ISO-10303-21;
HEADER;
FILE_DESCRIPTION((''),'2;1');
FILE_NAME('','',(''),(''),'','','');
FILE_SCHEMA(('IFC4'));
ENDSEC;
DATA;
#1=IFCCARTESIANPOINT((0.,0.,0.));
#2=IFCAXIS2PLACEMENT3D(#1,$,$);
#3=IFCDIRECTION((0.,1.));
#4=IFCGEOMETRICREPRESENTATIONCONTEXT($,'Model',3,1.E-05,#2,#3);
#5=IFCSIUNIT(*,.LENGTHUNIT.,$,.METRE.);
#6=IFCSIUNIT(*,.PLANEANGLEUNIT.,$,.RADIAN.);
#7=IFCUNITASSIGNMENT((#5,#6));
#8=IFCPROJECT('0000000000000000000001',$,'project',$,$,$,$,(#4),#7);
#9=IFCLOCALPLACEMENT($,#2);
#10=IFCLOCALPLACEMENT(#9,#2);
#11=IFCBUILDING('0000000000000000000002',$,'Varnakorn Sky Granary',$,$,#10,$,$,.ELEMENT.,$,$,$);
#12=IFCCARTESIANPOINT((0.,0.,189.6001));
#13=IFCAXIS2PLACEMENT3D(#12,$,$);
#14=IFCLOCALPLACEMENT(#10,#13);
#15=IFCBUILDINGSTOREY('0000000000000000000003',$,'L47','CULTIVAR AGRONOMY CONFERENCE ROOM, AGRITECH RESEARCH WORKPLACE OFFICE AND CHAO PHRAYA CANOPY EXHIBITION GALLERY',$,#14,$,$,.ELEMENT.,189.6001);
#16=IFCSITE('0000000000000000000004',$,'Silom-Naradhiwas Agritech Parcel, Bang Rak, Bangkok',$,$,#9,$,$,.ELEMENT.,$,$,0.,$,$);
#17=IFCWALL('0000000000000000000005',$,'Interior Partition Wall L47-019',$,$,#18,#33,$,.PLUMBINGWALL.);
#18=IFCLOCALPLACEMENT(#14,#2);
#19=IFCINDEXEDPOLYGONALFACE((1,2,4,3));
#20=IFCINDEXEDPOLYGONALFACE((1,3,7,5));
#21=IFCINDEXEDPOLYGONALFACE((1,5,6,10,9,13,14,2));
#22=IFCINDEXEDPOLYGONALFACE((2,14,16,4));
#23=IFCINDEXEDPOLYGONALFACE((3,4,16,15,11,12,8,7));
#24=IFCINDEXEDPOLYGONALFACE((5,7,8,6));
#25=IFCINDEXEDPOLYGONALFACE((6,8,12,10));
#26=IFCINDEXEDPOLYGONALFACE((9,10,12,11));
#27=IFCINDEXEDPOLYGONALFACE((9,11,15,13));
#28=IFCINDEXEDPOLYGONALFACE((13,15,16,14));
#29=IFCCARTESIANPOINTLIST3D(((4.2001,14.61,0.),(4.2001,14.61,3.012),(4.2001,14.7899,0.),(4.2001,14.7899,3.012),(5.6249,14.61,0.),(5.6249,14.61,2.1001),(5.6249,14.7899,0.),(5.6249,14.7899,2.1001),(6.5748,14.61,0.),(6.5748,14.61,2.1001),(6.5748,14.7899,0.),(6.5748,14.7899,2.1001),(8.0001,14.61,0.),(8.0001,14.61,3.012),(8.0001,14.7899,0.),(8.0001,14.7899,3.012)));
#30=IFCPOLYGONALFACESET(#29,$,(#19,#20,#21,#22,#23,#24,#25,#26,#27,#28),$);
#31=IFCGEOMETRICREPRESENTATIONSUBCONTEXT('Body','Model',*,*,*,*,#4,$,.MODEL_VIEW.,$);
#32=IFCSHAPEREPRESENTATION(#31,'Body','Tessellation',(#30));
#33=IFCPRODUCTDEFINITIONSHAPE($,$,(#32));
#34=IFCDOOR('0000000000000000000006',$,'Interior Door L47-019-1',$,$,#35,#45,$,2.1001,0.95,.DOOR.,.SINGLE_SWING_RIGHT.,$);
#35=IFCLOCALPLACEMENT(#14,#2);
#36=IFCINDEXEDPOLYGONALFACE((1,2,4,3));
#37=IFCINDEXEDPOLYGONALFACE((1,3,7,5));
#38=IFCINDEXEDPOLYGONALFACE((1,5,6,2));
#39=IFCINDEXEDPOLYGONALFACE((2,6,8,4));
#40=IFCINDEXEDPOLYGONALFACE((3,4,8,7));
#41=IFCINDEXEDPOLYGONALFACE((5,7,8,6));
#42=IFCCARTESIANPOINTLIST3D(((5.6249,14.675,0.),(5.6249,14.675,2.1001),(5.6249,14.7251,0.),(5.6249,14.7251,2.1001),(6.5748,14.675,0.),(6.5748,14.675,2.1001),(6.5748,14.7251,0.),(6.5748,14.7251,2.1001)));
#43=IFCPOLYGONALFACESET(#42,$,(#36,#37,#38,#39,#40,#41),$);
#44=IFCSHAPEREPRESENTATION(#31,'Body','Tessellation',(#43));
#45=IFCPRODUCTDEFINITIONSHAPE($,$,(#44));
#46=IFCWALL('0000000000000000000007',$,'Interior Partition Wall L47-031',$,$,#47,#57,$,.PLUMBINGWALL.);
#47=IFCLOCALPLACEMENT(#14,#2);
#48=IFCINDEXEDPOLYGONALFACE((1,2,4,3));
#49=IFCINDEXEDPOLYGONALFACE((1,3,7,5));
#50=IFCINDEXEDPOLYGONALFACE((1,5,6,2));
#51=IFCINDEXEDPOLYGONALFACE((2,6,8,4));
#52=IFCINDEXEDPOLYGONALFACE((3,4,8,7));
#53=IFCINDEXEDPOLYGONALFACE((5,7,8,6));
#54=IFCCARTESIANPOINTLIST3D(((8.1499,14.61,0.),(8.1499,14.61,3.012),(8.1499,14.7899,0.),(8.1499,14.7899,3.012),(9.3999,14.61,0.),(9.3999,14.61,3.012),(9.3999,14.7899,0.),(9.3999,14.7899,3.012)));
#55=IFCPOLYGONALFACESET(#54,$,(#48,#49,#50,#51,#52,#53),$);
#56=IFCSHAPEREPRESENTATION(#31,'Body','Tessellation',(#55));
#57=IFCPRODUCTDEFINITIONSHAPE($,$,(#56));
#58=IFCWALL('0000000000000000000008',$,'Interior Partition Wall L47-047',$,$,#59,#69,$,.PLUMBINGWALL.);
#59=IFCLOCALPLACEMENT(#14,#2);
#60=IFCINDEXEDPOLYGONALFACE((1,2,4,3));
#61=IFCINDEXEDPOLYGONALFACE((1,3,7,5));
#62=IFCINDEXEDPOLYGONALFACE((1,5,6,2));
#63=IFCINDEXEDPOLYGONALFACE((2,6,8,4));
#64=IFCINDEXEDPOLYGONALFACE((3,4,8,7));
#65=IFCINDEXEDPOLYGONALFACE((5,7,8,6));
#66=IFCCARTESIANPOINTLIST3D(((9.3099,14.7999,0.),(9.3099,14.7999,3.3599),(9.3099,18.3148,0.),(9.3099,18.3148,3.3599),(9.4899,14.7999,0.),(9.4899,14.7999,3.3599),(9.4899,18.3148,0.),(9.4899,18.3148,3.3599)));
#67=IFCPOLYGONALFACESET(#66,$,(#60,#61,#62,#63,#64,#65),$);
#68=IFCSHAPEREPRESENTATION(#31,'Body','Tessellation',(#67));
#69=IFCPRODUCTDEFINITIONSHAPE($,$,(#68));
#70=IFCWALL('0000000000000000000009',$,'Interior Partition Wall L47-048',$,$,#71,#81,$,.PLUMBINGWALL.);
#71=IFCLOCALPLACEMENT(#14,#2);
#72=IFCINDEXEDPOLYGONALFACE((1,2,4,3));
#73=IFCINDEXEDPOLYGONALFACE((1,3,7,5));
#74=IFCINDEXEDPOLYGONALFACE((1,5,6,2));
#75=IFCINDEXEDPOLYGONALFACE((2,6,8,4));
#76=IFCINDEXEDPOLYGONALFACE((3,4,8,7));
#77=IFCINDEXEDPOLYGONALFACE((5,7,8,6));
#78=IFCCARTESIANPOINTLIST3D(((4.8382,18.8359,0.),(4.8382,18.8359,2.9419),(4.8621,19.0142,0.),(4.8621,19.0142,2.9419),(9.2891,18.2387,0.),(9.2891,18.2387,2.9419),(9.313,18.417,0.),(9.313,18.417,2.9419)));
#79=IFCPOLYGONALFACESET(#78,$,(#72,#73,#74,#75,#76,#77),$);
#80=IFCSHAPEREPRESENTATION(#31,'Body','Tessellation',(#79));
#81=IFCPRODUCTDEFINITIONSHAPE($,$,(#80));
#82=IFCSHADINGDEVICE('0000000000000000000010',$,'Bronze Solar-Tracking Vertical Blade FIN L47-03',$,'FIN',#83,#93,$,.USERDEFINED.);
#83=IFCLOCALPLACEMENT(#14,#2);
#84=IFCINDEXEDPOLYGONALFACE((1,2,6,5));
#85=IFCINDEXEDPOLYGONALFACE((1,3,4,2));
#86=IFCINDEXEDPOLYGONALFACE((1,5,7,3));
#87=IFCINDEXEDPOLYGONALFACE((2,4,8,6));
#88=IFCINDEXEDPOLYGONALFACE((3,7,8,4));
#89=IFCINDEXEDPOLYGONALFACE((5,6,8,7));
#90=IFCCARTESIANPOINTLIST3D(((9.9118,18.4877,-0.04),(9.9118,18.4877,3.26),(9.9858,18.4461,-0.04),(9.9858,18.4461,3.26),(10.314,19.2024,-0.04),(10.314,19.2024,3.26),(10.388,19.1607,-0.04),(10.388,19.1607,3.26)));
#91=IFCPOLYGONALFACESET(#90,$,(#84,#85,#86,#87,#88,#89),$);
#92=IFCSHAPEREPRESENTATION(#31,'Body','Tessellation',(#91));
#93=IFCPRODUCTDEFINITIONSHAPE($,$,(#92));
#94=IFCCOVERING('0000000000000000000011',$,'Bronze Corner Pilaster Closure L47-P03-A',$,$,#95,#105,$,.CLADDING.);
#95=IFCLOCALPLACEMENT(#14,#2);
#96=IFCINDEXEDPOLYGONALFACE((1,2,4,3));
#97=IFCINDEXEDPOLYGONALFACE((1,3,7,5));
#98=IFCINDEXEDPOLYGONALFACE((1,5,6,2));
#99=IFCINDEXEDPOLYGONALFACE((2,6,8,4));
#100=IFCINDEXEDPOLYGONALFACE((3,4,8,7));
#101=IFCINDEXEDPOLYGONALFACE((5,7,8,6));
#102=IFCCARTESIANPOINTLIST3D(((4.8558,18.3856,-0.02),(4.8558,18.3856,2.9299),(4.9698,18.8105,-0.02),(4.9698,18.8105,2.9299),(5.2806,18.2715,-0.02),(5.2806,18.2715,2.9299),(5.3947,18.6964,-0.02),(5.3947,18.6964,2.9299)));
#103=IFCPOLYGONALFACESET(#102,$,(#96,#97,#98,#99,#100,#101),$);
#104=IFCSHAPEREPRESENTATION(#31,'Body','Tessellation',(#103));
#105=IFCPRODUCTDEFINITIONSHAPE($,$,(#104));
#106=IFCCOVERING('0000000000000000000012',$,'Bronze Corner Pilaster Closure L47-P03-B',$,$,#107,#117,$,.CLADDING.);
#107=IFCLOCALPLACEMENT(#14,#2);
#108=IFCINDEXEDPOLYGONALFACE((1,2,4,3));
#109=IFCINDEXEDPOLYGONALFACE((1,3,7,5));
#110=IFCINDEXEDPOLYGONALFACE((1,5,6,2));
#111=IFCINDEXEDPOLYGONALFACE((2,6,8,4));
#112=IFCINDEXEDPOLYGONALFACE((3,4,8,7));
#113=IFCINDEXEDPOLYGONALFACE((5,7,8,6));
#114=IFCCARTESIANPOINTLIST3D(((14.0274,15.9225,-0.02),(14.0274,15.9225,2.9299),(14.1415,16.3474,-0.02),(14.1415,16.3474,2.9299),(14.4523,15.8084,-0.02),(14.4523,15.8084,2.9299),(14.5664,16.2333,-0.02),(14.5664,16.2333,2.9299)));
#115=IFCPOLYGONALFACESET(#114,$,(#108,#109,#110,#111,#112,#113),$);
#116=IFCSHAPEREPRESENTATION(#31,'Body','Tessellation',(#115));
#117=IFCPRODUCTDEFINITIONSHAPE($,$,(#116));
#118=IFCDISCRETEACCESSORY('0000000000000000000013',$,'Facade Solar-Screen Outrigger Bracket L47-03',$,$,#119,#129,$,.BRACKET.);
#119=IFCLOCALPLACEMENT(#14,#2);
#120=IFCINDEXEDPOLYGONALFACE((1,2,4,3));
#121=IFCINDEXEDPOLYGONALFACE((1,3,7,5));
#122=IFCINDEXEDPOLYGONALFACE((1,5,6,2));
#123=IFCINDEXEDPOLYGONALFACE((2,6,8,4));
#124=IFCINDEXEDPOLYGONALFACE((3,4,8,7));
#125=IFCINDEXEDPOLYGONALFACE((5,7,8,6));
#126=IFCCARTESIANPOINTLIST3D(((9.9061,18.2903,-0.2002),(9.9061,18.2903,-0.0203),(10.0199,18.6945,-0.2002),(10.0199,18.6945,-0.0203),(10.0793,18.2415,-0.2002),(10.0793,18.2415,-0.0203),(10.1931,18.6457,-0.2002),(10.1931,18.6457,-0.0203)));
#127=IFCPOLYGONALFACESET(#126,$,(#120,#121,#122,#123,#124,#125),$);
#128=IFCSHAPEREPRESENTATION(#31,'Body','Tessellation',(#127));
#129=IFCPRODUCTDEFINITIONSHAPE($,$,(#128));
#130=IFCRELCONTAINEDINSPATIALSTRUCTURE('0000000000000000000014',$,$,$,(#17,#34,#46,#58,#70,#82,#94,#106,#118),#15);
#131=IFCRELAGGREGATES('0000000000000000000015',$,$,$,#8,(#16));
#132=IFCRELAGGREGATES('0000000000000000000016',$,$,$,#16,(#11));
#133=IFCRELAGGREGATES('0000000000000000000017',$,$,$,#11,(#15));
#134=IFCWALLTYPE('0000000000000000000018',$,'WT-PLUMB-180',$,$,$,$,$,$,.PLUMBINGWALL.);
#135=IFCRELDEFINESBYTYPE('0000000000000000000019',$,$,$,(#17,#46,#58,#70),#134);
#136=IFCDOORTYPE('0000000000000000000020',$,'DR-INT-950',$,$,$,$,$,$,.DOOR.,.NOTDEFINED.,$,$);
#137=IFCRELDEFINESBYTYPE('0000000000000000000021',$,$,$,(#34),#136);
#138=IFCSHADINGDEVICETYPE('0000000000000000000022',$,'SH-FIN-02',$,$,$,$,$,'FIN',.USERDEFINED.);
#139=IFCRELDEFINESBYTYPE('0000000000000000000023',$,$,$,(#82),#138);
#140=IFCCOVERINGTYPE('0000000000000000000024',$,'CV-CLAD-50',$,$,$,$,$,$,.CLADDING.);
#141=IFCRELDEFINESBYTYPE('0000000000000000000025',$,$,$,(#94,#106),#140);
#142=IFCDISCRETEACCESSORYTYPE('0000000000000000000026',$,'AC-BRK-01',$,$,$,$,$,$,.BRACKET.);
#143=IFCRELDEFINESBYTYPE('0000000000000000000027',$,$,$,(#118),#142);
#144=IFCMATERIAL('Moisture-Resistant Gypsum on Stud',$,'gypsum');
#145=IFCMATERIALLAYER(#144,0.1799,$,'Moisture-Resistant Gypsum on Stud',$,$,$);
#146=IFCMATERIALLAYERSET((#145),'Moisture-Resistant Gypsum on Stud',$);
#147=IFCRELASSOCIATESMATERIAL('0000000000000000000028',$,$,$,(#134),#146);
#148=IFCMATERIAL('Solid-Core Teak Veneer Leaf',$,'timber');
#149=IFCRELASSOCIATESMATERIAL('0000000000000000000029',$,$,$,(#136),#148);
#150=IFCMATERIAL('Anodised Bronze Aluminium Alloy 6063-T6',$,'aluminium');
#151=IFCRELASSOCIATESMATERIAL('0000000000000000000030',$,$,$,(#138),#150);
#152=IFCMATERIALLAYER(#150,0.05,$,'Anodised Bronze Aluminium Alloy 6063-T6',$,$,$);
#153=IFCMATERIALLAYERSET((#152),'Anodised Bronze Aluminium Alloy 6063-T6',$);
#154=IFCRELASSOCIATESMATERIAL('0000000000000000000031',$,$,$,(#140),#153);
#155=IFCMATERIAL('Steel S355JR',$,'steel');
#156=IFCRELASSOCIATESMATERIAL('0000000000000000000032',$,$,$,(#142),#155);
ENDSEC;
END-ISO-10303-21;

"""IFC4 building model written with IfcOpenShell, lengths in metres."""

from ifc_helpers import new_model, si_unit, direction, frame, frame_2d, origin, origin_2d, place, context, subcontext, project, spatial, rectangle, extrude, source, transform, mapped, material, layer, layer_set, type_object, type_shapes, element, fill, save


model = new_model("IFC4")

# Units and contexts
model_context = context("Model", 3, precision=1e-05, world=origin(), true_north=direction((0.0, 1.0)))
body_context = subcontext(model_context, "Body", "Model", "MODEL_VIEW")
ifc_project = project(units=[si_unit("LENGTHUNIT", "METRE"), si_unit("PLANEANGLEUNIT", "RADIAN")], contexts=[model_context])

# Site, building, storey
site_placement = place(None, origin())
site = spatial("IfcSite", under=ifc_project, at=site_placement, Name="Silom-Naradhiwas Agritech Parcel, Bang Rak, Bangkok", CompositionType="ELEMENT", RefElevation=0.0)
building_placement = place(site_placement, origin())
building = spatial("IfcBuilding", under=site, at=building_placement, Name="Varnakorn Sky Granary", CompositionType="ELEMENT")
storey_placement = place(building_placement, frame((0.0, 0.0, 189.6001)))
storey = spatial("IfcBuildingStorey", under=building, at=storey_placement, Name="L47", Description="CULTIVAR AGRONOMY CONFERENCE ROOM, AGRITECH RESEARCH WORKPLACE OFFICE AND CHAO PHRAYA CANOPY EXHIBITION GALLERY", CompositionType="ELEMENT", Elevation=189.6001)

# Shared definitions
ifc_material_1 = material(Name="Steel S355JR", Category="steel")

# Wall, opening, door
ifc_material_2 = material(Name="Moisture-Resistant Gypsum on Stud", Category="gypsum")
ifc_layer_1 = layer(ifc_material_2, 0.1799, Name="Moisture-Resistant Gypsum on Stud")
ifc_layer_set_1 = layer_set([ifc_layer_1], Name="Moisture-Resistant Gypsum on Stud")
wall_type_1 = type_object("IfcWallType", Name="WT-PLUMB-180", PredefinedType="PLUMBINGWALL", material=ifc_layer_set_1)
wall_1_placement = place(storey_placement, frame((8.0, 14.7, 0.0), z_axis=(0.0, 0.0, 1.0), x_axis=(-1.0, 0.0, 0.0)))
wall_1 = element("IfcWall", 1, at=wall_1_placement, inside=storey, type_object=wall_type_1, Name="Interior Partition Wall L47-019", PredefinedType="PLUMBINGWALL", context=body_context, shape_type="SweptSolid", body=[
    extrude(rectangle(XDim=3.8, YDim=0.1799, at=frame_2d((1.8999, 0.0))), origin(), (0.0, 0.0, 1.0), 3.012),
])
opening_placement = place(wall_1_placement, frame((1.425, 0.0, 0.0)))
opening = element("IfcOpeningElement", 2, at=opening_placement, cuts=wall_1, PredefinedType="OPENING", context=body_context, shape_type="SweptSolid", body=[
    extrude(rectangle(XDim=0.95, YDim=2.1001, at=frame_2d((0.4751, 1.05))), frame((0.0, 0.1001, 0.0), z_axis=(0.0, -1.0, 0.0), x_axis=(1.0, 0.0, 0.0)), (0.0, 0.0, 1.0), 0.2),
])
ifc_material_3 = material(Name="Solid-Core Teak Veneer Leaf", Category="timber")
door_type = type_object("IfcDoorType", Name="DR-INT-950", OperationType="NOTDEFINED", PredefinedType="DOOR", material=ifc_material_3)
door_placement = place(opening_placement, origin())
door = element("IfcDoor", 3, at=door_placement, inside=storey, type_object=door_type, Name="Interior Door L47-019-1", OperationType="SINGLE_SWING_RIGHT", OverallHeight=2.1001, OverallWidth=0.95, PredefinedType="DOOR", context=body_context, shape_type="SweptSolid", body=[
    extrude(rectangle(XDim=0.95, YDim=2.1001, at=frame_2d((0.4751, 1.05))), frame((0.0, 0.0249, 0.0), z_axis=(0.0, -1.0, 0.0), x_axis=(1.0, 0.0, 0.0)), (0.0, 0.0, 1.0), 0.05),
])
fill(opening, door)

# Walls
wall_2_placement = place(storey_placement, frame((9.3999, 14.7, 0.0), z_axis=(0.0, 0.0, 1.0), x_axis=(-1.0, 0.0, 0.0)))
element("IfcWall", 4, at=wall_2_placement, inside=storey, type_object=wall_type_1, Name="Interior Partition Wall L47-031", PredefinedType="PLUMBINGWALL", context=body_context, shape_type="SweptSolid", body=[
    extrude(rectangle(XDim=1.25, YDim=0.1799, at=frame_2d((0.625, 0.0))), origin(), (0.0, 0.0, 1.0), 3.012),
])
wall_3_placement = place(storey_placement, frame((9.3999, 14.8, 0.0), z_axis=(0.0, 0.0, 1.0), x_axis=(0.0, 1.0, 0.0)))
element("IfcWall", 5, at=wall_3_placement, inside=storey, type_object=wall_type_1, Name="Interior Partition Wall L47-047", PredefinedType="PLUMBINGWALL", context=body_context, shape_type="SweptSolid", body=[
    extrude(rectangle(XDim=3.5149, YDim=0.1799, at=frame_2d((1.7573, 0.0))), origin(), (0.0, 0.0, 1.0), 3.3599),
])
wall_4_placement = place(storey_placement, frame((9.301, 18.3279, 0.0), z_axis=(0.0, 0.0, 1.0), x_axis=(-0.991119, 0.132976, 0.0)))
element("IfcWall", 6, at=wall_4_placement, inside=storey, type_object=wall_type_1, Name="Interior Partition Wall L47-048", PredefinedType="PLUMBINGWALL", context=body_context, shape_type="SweptSolid", body=[
    extrude(rectangle(XDim=4.4907, YDim=0.1799, at=frame_2d((2.2454, 0.0))), origin(), (0.0, 0.0, 1.0), 2.9419),
])

# Shading device
ifc_material_4 = material(Name="Anodised Bronze Aluminium Alloy 6063-T6", Category="aluminium")
shading_device_type = type_object("IfcShadingDeviceType", Name="SH-FIN-02", ElementType="FIN", PredefinedType="USERDEFINED", material=ifc_material_4)
shared_shape_1 = source(origin(), body_context, "Body", "SweptSolid", [
    extrude(rectangle(XDim=0.085, YDim=0.8201, at=origin_2d()), origin(), (0.0, 0.0, 1.0), 3.3),
])
type_shapes(shading_device_type, [shared_shape_1])
shading_device_placement = place(storey_placement, frame((10.1499, 18.8242, -0.04), z_axis=(0.0, 0.0, 1.0), x_axis=(-0.871436, 0.490509, 0.0)))
element("IfcShadingDevice", 7, at=shading_device_placement, inside=storey, type_object=shading_device_type, Name="Bronze Solar-Tracking Vertical Blade FIN L47-03", ObjectType="FIN", PredefinedType="USERDEFINED", context=body_context, shape_type="MappedRepresentation", body=[
    mapped(shared_shape_1, transform((0.0, 0.0, 0.0), x_axis=(1.0, 0.0, 0.0), y_axis=(0.0, 1.0, 0.0), z_axis=(0.0, 0.0, 1.0), scale=1.0)),
])

# Coverings
ifc_layer_2 = layer(ifc_material_4, 0.05, Name="Anodised Bronze Aluminium Alloy 6063-T6")
ifc_layer_set_2 = layer_set([ifc_layer_2], Name="Anodised Bronze Aluminium Alloy 6063-T6")
covering_type = type_object("IfcCoveringType", Name="CV-CLAD-50", PredefinedType="CLADDING", material=ifc_layer_set_2)
shared_shape_2 = source(origin(), body_context, "Body", "SweptSolid", [
    extrude(rectangle(XDim=0.4399, YDim=0.4399, at=origin_2d()), origin(), (0.0, 0.0, 1.0), 2.95),
])
type_shapes(covering_type, [shared_shape_2])
for number, where, z_axis, x_axis, name in (
    (8, (5.1252, 18.541, -0.02), (0.0, 0.0, 1.0), (0.96579, -0.259325, 0.0), "Bronze Corner Pilaster Closure L47-P03-A"),
    (9, (14.2969, 16.0779, -0.02), (0.0, 0.0, 1.0), (0.96579, -0.259325, 0.0), "Bronze Corner Pilaster Closure L47-P03-B"),
):
    element("IfcCovering", number, at=place(storey_placement, frame(where, z_axis=z_axis, x_axis=x_axis)), inside=storey, type_object=covering_type, Name=name, PredefinedType="CLADDING", context=body_context, shape_type="MappedRepresentation", body=[
        mapped(shared_shape_2, transform((0.0, 0.0, 0.0), x_axis=(1.0, 0.0, 0.0), y_axis=(0.0, 1.0, 0.0), z_axis=(0.0, 0.0, 1.0), scale=1.0)),
    ])

# Discrete accessory
discrete_accessory_type = type_object("IfcDiscreteAccessoryType", Name="AC-BRK-01", PredefinedType="BRACKET", material=ifc_material_1)
shared_shape_3 = source(origin(), body_context, "Body", "SweptSolid", [
    extrude(rectangle(XDim=0.1799, YDim=0.4199, at=origin_2d()), origin(), (0.0, 0.0, 1.0), 0.1799),
])
type_shapes(discrete_accessory_type, [shared_shape_3])
discrete_accessory_placement = place(storey_placement, frame((10.0496, 18.468, -0.2002), z_axis=(0.0, 0.0, 1.0), x_axis=(-0.962577, 0.27101, 0.0)))
element("IfcDiscreteAccessory", 10, at=discrete_accessory_placement, inside=storey, type_object=discrete_accessory_type, Name="Facade Solar-Screen Outrigger Bracket L47-03", PredefinedType="BRACKET", context=body_context, shape_type="MappedRepresentation", body=[
    mapped(shared_shape_3, transform((0.0, 0.0, 0.0), x_axis=(1.0, 0.0, 0.0), y_axis=(0.0, 1.0, 0.0), z_axis=(0.0, 0.0, 1.0), scale=1.0)),
])

save(model, "model.ifc")
